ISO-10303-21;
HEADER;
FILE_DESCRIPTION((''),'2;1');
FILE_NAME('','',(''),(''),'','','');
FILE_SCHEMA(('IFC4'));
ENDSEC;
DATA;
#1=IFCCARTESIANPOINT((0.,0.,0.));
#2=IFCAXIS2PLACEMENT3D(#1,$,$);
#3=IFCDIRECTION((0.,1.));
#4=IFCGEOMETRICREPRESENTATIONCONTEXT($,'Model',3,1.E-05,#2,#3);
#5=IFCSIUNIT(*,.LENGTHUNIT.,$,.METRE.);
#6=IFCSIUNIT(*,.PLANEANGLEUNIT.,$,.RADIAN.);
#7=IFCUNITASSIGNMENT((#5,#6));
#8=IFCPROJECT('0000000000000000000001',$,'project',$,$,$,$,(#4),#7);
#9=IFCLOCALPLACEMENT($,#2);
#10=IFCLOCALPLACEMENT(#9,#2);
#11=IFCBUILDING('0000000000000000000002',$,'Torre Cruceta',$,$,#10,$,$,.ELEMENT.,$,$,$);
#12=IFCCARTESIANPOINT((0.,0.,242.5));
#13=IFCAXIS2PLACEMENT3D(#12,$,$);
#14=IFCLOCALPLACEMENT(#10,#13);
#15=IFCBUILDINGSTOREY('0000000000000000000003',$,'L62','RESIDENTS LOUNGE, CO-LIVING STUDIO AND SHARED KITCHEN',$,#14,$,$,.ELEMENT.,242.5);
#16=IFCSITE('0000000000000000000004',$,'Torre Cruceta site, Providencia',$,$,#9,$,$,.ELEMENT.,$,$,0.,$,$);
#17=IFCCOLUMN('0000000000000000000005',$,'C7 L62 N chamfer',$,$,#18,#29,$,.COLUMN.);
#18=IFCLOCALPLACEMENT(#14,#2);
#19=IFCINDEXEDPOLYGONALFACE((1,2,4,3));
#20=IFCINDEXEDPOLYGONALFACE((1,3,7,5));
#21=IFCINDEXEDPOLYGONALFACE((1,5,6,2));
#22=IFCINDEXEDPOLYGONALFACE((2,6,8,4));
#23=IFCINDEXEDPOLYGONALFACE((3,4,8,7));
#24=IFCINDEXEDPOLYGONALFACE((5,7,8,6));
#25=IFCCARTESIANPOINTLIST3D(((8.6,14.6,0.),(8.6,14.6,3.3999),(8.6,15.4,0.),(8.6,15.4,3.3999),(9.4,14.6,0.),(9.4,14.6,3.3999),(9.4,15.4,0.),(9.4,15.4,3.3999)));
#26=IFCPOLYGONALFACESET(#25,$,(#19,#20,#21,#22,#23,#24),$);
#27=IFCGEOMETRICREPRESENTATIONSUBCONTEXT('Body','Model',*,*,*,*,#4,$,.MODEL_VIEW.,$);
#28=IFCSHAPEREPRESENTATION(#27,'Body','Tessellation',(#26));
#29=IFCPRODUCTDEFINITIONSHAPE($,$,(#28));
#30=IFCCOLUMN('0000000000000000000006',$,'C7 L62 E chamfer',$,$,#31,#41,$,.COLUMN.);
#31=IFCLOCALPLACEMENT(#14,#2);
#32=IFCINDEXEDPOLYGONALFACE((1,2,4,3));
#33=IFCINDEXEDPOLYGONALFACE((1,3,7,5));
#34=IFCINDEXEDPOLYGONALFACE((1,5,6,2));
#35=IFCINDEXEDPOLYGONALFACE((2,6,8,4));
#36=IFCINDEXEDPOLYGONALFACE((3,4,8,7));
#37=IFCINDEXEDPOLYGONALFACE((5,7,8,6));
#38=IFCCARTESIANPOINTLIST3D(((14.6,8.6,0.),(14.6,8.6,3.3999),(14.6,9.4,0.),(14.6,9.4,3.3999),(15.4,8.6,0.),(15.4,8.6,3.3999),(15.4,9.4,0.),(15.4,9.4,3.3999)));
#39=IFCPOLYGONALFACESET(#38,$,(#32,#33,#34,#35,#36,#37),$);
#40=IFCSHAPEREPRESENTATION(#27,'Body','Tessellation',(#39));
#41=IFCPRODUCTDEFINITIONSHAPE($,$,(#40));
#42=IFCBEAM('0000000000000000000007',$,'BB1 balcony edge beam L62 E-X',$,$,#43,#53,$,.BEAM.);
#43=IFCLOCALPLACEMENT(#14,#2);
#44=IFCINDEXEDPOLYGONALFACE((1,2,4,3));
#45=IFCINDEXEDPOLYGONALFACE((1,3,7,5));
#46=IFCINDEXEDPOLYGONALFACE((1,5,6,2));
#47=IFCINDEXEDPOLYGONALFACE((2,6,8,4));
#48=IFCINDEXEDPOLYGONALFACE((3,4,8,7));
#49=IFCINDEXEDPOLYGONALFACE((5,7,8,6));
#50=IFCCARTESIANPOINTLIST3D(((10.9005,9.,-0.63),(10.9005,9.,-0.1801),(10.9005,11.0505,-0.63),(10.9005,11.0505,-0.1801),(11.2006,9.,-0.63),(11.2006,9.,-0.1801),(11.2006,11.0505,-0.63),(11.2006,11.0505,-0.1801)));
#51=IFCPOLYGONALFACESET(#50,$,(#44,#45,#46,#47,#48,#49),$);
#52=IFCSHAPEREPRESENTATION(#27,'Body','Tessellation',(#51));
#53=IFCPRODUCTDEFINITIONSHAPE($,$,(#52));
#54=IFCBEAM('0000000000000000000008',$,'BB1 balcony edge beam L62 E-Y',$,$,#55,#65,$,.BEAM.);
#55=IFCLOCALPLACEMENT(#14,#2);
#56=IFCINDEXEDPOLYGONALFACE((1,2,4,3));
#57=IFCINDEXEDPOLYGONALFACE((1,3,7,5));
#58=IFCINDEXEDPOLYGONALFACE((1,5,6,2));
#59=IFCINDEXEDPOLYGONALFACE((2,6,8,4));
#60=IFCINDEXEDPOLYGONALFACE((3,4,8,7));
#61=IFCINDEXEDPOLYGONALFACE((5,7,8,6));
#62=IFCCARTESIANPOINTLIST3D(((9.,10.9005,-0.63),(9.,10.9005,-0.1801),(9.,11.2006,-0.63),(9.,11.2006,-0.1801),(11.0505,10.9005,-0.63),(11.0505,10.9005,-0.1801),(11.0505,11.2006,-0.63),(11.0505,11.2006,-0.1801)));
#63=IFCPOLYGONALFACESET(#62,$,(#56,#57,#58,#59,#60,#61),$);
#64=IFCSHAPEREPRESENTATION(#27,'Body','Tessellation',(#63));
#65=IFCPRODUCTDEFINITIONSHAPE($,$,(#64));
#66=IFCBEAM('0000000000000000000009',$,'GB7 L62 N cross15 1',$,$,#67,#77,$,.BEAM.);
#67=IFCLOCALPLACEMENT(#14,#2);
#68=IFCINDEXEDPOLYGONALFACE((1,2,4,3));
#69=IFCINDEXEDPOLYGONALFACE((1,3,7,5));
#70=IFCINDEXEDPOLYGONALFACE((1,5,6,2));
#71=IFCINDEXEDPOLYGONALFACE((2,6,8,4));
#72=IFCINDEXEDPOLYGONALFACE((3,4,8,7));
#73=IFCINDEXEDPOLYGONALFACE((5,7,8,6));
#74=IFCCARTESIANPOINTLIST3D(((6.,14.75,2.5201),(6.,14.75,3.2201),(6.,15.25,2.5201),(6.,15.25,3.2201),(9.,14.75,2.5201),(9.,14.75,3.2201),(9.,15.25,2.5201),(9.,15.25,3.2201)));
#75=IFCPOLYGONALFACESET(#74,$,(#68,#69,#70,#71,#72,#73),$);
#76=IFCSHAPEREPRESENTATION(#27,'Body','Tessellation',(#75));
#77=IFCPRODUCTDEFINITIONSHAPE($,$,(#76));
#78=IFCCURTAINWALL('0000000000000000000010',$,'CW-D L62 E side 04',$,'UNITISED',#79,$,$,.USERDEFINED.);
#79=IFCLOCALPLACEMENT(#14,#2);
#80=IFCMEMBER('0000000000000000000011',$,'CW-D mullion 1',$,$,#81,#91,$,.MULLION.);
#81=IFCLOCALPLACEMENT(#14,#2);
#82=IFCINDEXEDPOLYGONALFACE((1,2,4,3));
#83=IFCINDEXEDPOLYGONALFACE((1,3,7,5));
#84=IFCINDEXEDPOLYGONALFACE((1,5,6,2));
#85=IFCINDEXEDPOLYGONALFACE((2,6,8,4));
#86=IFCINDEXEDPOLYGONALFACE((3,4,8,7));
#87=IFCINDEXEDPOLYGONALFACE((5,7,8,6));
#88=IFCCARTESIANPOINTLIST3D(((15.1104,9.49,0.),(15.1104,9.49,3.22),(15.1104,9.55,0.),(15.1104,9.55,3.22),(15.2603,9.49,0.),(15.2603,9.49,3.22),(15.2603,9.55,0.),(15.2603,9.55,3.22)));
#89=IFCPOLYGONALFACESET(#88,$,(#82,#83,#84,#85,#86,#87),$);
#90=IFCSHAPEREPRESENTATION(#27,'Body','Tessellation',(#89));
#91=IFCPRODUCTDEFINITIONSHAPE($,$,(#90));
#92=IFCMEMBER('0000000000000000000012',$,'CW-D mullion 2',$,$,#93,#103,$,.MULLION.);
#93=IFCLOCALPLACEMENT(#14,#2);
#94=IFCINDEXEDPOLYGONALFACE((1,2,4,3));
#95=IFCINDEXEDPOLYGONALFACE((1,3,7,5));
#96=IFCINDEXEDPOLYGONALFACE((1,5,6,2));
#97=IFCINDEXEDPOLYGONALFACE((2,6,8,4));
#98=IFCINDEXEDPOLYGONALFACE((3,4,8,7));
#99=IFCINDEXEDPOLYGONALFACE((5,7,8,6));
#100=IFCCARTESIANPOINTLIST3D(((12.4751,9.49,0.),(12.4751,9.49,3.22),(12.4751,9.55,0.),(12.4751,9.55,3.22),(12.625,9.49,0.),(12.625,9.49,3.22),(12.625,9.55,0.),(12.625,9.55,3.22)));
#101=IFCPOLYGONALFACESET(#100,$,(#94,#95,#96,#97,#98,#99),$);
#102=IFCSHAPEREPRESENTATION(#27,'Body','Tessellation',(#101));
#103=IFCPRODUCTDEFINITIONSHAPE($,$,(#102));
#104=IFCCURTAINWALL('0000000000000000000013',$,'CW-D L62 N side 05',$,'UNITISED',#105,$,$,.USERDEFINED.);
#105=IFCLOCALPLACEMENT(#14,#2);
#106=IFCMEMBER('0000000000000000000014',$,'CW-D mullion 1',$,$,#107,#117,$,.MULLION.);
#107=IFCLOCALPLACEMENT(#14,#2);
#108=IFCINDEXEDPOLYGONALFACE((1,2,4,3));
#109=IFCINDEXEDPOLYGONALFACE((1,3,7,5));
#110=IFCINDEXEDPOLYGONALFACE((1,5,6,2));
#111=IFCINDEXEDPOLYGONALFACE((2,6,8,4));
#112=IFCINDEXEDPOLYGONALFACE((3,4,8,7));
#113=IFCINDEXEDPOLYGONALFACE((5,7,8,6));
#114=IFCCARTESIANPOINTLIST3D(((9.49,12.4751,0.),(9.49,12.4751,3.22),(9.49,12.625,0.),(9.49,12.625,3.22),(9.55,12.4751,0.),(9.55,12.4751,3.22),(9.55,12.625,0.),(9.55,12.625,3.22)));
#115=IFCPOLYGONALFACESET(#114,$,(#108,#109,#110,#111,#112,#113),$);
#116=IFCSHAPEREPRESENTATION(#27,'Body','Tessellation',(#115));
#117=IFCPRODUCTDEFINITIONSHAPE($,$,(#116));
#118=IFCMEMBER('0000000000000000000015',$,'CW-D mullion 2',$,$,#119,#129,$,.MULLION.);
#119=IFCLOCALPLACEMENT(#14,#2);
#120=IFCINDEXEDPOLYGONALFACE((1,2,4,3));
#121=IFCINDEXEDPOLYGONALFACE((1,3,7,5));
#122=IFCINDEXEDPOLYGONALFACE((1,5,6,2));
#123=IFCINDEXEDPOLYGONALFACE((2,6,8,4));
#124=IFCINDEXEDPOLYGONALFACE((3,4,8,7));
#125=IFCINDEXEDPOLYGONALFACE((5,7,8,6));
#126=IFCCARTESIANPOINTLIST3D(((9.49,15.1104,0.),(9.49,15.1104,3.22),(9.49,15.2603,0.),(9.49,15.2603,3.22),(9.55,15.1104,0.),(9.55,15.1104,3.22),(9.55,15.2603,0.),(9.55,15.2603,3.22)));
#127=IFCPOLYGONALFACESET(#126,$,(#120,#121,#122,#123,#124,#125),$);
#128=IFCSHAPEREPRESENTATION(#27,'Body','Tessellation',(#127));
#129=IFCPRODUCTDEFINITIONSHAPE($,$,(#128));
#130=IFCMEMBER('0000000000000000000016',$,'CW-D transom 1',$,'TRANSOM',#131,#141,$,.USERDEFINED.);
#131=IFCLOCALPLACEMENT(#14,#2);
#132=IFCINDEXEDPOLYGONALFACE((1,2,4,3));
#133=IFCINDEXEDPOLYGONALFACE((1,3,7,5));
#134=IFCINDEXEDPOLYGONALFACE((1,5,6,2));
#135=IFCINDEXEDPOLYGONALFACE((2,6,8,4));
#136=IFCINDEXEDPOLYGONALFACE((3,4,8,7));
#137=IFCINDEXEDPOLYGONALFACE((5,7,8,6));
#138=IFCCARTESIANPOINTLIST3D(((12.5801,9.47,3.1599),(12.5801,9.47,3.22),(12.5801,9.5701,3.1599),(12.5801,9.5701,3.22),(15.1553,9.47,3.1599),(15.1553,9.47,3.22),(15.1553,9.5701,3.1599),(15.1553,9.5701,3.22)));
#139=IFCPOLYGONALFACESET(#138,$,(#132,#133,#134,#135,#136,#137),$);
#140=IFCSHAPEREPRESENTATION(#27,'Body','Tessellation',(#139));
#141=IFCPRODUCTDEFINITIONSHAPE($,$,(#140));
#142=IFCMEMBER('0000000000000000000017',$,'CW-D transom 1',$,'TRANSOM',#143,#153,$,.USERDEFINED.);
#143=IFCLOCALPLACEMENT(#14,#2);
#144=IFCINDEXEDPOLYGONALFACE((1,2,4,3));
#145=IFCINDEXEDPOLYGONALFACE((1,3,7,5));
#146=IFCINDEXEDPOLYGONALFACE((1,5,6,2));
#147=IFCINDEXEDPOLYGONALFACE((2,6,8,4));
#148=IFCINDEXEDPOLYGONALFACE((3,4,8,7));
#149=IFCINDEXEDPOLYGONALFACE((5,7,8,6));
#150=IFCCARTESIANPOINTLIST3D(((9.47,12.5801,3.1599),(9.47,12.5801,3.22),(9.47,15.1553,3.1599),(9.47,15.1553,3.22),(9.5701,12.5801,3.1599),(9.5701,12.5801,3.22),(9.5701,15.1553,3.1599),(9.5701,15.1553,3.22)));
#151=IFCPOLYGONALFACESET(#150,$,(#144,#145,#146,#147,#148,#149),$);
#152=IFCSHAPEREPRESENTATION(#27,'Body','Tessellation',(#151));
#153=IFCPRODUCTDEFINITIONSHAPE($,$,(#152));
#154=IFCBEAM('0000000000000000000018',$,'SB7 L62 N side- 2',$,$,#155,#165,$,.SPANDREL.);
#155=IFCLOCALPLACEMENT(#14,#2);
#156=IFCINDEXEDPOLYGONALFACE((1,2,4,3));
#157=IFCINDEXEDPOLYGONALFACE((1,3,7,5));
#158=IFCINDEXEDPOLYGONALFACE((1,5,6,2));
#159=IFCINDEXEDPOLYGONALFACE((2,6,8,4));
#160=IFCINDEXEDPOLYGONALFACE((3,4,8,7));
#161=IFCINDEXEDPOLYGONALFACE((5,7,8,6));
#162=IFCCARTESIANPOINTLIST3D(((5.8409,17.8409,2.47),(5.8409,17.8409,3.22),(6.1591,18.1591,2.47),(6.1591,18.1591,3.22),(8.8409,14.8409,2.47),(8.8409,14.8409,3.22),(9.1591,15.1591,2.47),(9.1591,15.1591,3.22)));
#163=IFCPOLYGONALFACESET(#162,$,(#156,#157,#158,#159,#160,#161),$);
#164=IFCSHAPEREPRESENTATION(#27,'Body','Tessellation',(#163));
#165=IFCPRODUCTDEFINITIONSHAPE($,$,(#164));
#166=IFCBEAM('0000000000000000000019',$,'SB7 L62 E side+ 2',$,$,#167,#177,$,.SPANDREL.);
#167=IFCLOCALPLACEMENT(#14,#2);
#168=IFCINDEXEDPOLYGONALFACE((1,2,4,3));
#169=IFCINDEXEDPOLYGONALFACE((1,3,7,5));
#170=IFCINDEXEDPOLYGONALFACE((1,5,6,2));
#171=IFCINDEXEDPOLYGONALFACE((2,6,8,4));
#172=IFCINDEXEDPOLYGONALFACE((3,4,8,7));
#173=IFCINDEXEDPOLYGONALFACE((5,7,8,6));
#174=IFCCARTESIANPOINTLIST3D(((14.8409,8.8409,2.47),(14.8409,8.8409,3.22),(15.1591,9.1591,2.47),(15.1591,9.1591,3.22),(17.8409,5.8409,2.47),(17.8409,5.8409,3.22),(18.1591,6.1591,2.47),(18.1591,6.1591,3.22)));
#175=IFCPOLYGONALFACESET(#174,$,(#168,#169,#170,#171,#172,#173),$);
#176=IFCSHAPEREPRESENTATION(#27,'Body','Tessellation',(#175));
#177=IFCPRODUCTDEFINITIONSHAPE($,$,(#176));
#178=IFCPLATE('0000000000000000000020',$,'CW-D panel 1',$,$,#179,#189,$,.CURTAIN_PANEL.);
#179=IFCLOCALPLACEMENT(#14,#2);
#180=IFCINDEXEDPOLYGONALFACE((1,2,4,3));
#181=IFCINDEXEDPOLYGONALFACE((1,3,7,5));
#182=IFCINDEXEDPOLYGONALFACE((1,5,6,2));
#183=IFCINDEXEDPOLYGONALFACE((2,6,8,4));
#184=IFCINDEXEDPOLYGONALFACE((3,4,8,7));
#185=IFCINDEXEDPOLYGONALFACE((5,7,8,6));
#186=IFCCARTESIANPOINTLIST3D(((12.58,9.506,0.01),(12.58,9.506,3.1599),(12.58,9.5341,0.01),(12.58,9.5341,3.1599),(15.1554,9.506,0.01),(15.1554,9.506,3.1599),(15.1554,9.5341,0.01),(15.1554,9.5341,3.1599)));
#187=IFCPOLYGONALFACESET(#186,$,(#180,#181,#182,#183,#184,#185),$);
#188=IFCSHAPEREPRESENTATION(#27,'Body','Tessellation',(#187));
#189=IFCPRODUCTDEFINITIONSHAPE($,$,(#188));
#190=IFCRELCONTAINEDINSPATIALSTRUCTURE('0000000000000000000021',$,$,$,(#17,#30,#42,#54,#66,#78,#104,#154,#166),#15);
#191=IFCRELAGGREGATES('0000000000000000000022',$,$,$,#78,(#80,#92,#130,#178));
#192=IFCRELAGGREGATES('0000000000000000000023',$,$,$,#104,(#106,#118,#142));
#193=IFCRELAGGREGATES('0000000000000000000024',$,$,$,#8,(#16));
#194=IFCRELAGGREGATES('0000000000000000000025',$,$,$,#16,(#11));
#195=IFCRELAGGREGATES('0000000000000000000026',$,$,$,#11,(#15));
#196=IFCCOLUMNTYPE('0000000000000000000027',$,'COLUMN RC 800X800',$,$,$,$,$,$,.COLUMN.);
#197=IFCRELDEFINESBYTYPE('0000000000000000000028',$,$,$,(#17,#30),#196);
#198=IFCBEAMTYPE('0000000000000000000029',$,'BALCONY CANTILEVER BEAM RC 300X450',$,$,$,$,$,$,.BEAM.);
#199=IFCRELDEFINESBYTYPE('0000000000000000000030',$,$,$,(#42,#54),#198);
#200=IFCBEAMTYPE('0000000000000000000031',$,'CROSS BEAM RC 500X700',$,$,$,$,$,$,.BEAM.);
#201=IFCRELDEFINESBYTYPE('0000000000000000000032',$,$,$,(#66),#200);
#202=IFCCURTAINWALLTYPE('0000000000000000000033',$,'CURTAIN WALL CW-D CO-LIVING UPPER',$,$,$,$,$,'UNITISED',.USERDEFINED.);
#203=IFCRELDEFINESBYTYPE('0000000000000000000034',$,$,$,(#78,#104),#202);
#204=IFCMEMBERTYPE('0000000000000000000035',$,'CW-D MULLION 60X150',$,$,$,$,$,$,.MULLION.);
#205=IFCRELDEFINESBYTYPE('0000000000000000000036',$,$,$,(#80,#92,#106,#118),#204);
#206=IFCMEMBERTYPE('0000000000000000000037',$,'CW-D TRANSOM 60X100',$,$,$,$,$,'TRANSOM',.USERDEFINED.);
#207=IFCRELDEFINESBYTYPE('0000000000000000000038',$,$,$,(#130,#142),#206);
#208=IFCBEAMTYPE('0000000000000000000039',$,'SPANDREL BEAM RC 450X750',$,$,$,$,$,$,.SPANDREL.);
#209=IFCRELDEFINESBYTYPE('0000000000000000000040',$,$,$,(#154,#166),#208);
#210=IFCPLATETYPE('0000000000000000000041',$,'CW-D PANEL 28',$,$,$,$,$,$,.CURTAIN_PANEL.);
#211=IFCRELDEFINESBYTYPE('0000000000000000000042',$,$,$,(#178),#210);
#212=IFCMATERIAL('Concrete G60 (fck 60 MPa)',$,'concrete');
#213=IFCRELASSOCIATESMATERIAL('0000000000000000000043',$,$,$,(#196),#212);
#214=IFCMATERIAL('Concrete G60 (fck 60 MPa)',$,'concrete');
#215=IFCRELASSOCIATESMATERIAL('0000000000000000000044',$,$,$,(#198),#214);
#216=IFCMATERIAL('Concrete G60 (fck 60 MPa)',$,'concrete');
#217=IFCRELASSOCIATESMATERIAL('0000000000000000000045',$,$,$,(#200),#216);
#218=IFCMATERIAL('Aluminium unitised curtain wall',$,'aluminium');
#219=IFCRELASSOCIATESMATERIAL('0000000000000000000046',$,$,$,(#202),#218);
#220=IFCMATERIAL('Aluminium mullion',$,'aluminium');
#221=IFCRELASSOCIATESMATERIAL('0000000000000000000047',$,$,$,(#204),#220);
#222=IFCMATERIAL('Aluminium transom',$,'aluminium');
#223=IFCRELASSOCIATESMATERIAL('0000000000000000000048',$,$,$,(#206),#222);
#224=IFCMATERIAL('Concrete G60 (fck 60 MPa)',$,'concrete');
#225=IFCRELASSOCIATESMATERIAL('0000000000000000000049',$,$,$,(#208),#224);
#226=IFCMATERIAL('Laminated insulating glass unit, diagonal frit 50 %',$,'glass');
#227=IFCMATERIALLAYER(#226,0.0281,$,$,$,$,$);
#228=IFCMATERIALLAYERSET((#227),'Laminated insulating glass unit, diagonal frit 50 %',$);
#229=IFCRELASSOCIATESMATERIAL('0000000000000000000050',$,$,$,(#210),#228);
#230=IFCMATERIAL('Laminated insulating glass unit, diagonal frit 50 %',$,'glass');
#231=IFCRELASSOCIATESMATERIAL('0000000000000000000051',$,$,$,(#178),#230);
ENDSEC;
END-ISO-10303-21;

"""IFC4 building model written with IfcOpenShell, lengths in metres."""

from ifc_helpers import new_model, si_unit, direction, frame, origin, origin_2d, place, context, subcontext, project, spatial, rectangle, extrude, material, layer, layer_set, material_profile, profile_set, type_object, element, aggregate, save


model = new_model("IFC4")

# Units and contexts
model_context = context("Model", 3, precision=1e-05, world=origin(), true_north=direction((0.0, 1.0)))
body_context = subcontext(model_context, "Body", "Model", "MODEL_VIEW")
ifc_project = project(units=[si_unit("LENGTHUNIT", "METRE"), si_unit("PLANEANGLEUNIT", "RADIAN")], contexts=[model_context])

# Site, building, storey
site_placement = place(None, origin())
site = spatial("IfcSite", under=ifc_project, at=site_placement, Name="Torre Cruceta site, Providencia", CompositionType="ELEMENT", RefElevation=0.0)
building_placement = place(site_placement, origin())
building = spatial("IfcBuilding", under=site, at=building_placement, Name="Torre Cruceta", CompositionType="ELEMENT")
storey_placement = place(building_placement, frame((0.0, 0.0, 242.5)))
storey = spatial("IfcBuildingStorey", under=building, at=storey_placement, Name="L62", Description="RESIDENTS LOUNGE, CO-LIVING STUDIO AND SHARED KITCHEN", CompositionType="ELEMENT", Elevation=242.5)

# Columns
ifc_material_1 = material(Name="Concrete G60 (fck 60 MPa)", Category="concrete")
ifc_material_profile_1 = material_profile(ifc_material_1, rectangle(XDim=0.8, YDim=0.8, at=origin_2d()), Name="RC 800X800")
ifc_profile_set_1 = profile_set([ifc_material_profile_1], Name="Concrete G60 (fck 60 MPa)")
column_type = type_object("IfcColumnType", Name="COLUMN RC 800X800", PredefinedType="COLUMN", material=ifc_profile_set_1)
for number, where, z_axis, x_axis, name in (
    (1, (9.0, 15.0, 0.0), (0.0, 0.0, 1.0), (1.0, 0.0, 0.0), "C7 L62 N chamfer"),
    (2, (15.0, 9.0, 0.0), (0.0, 0.0, 1.0), (1.0, 0.0, 0.0), "C7 L62 E chamfer"),
):
    element("IfcColumn", number, at=place(storey_placement, frame(where, z_axis=z_axis, x_axis=x_axis)), inside=storey, type_object=column_type, Name=name, PredefinedType="COLUMN", context=body_context, shape_type="SweptSolid", body=[
        extrude(rectangle(XDim=0.8, YDim=0.8, at=origin_2d()), origin(), (0.0, 0.0, 1.0), 3.3999),
    ])

# Beams
ifc_material_2 = material(Name="Concrete G60 (fck 60 MPa)", Category="concrete")
ifc_material_profile_2 = material_profile(ifc_material_2, rectangle(XDim=0.3, YDim=0.45, at=origin_2d()), Name="RC 300X450")
ifc_profile_set_2 = profile_set([ifc_material_profile_2], Name="Concrete G60 (fck 60 MPa)")
beam_type_1 = type_object("IfcBeamType", Name="BALCONY CANTILEVER BEAM RC 300X450", PredefinedType="BEAM", material=ifc_profile_set_2)
for number, where, z_axis, x_axis, name in (
    (3, (11.0505, 9.0, -0.405), (0.0, 1.0, 0.0), (-1.0, 0.0, 0.0), "BB1 balcony edge beam L62 E-X"),
    (4, (9.0, 11.0505, -0.405), (1.0, 0.0, 0.0), (0.0, 1.0, 0.0), "BB1 balcony edge beam L62 E-Y"),
):
    element("IfcBeam", number, at=place(storey_placement, frame(where, z_axis=z_axis, x_axis=x_axis)), inside=storey, type_object=beam_type_1, Name=name, PredefinedType="BEAM", context=body_context, shape_type="SweptSolid", body=[
        extrude(rectangle(XDim=0.3, YDim=0.45, at=origin_2d()), origin(), (0.0, 0.0, 1.0), 2.0505),
    ])
ifc_material_3 = material(Name="Concrete G60 (fck 60 MPa)", Category="concrete")
ifc_material_profile_3 = material_profile(ifc_material_3, rectangle(XDim=0.5, YDim=0.7, at=origin_2d()), Name="RC 500X700")
ifc_profile_set_3 = profile_set([ifc_material_profile_3], Name="Concrete G60 (fck 60 MPa)")
beam_type_2 = type_object("IfcBeamType", Name="CROSS BEAM RC 500X700", PredefinedType="BEAM", material=ifc_profile_set_3)
beam_placement = place(storey_placement, frame((9.0, 15.0, 2.8701), z_axis=(-1.0, 0.0, 0.0), x_axis=(0.0, -1.0, 0.0)))
element("IfcBeam", 5, at=beam_placement, inside=storey, type_object=beam_type_2, Name="GB7 L62 N cross15 1", PredefinedType="BEAM", context=body_context, shape_type="SweptSolid", body=[
    extrude(rectangle(XDim=0.5, YDim=0.7, at=origin_2d()), origin(), (0.0, 0.0, 1.0), 3.0),
])

# Curtain walls, members
ifc_material_4 = material(Name="Aluminium unitised curtain wall", Category="aluminium")
curtain_wall_type = type_object("IfcCurtainWallType", Name="CURTAIN WALL CW-D CO-LIVING UPPER", ElementType="UNITISED", PredefinedType="USERDEFINED", material=ifc_material_4)
curtain_wall_1_placement = place(storey_placement, origin())
curtain_wall_1 = element("IfcCurtainWall", 6, at=curtain_wall_1_placement, inside=storey, type_object=curtain_wall_type, Name="CW-D L62 E side 04", ObjectType="UNITISED", PredefinedType="USERDEFINED")
ifc_material_5 = material(Name="Aluminium mullion", Category="aluminium")
ifc_material_profile_4 = material_profile(ifc_material_5, rectangle(XDim=0.0601, YDim=0.1499, at=origin_2d()), Name="AL 60X150")
ifc_profile_set_4 = profile_set([ifc_material_profile_4], Name="Aluminium mullion")
member_type_1 = type_object("IfcMemberType", Name="CW-D MULLION 60X150", PredefinedType="MULLION", material=ifc_profile_set_4)
member_1_placement = place(storey_placement, frame((15.1853, 9.52, 0.0), z_axis=(0.0, 0.0, 1.0), x_axis=(0.0, -1.0, 0.0)))
member_1 = element("IfcMember", 7, at=member_1_placement, type_object=member_type_1, Name="CW-D mullion 1", PredefinedType="MULLION", context=body_context, shape_type="SweptSolid", body=[
    extrude(rectangle(XDim=0.0601, YDim=0.1499, at=origin_2d()), origin(), (0.0, 0.0, 1.0), 3.22),
])
member_2_placement = place(storey_placement, frame((12.55, 9.52, 0.0), z_axis=(0.0, 0.0, 1.0), x_axis=(0.0, -1.0, 0.0)))
member_2 = element("IfcMember", 8, at=member_2_placement, type_object=member_type_1, Name="CW-D mullion 2", PredefinedType="MULLION", context=body_context, shape_type="SweptSolid", body=[
    extrude(rectangle(XDim=0.0601, YDim=0.1499, at=origin_2d()), origin(), (0.0, 0.0, 1.0), 3.22),
])
curtain_wall_2_placement = place(storey_placement, origin())
curtain_wall_2 = element("IfcCurtainWall", 9, at=curtain_wall_2_placement, inside=storey, type_object=curtain_wall_type, Name="CW-D L62 N side 05", ObjectType="UNITISED", PredefinedType="USERDEFINED")
member_3_placement = place(storey_placement, frame((9.52, 12.55, 0.0), z_axis=(0.0, 0.0, 1.0), x_axis=(-1.0, 0.0, 0.0)))
member_3 = element("IfcMember", 10, at=member_3_placement, type_object=member_type_1, Name="CW-D mullion 1", PredefinedType="MULLION", context=body_context, shape_type="SweptSolid", body=[
    extrude(rectangle(XDim=0.0601, YDim=0.1499, at=origin_2d()), origin(), (0.0, 0.0, 1.0), 3.22),
])
member_4_placement = place(storey_placement, frame((9.52, 15.1853, 0.0), z_axis=(0.0, 0.0, 1.0), x_axis=(-1.0, 0.0, 0.0)))
member_4 = element("IfcMember", 11, at=member_4_placement, type_object=member_type_1, Name="CW-D mullion 2", PredefinedType="MULLION", context=body_context, shape_type="SweptSolid", body=[
    extrude(rectangle(XDim=0.0601, YDim=0.1499, at=origin_2d()), origin(), (0.0, 0.0, 1.0), 3.22),
])

# Members
ifc_material_6 = material(Name="Aluminium transom", Category="aluminium")
ifc_material_profile_5 = material_profile(ifc_material_6, rectangle(XDim=0.1001, YDim=0.0601, at=origin_2d()), Name="AL 100X60")
ifc_profile_set_5 = profile_set([ifc_material_profile_5], Name="Aluminium transom")
member_type_2 = type_object("IfcMemberType", Name="CW-D TRANSOM 60X100", ElementType="TRANSOM", PredefinedType="USERDEFINED", material=ifc_profile_set_5)
member_5_placement = place(storey_placement, frame((15.1553, 9.52, 3.1899), z_axis=(-1.0, 0.0, 0.0), x_axis=(0.0, -1.0, 0.0)))
member_5 = element("IfcMember", 12, at=member_5_placement, type_object=member_type_2, Name="CW-D transom 1", ObjectType="TRANSOM", PredefinedType="USERDEFINED", context=body_context, shape_type="SweptSolid", body=[
    extrude(rectangle(XDim=0.1001, YDim=0.0601, at=origin_2d()), origin(), (0.0, 0.0, 1.0), 2.5752),
])
member_6_placement = place(storey_placement, frame((9.52, 12.5801, 3.1899), z_axis=(0.0, 1.0, 0.0), x_axis=(-1.0, 0.0, 0.0)))
member_6 = element("IfcMember", 13, at=member_6_placement, type_object=member_type_2, Name="CW-D transom 1", ObjectType="TRANSOM", PredefinedType="USERDEFINED", context=body_context, shape_type="SweptSolid", body=[
    extrude(rectangle(XDim=0.1001, YDim=0.0601, at=origin_2d()), origin(), (0.0, 0.0, 1.0), 2.5752),
])

# Beams
ifc_material_7 = material(Name="Concrete G60 (fck 60 MPa)", Category="concrete")
ifc_material_profile_6 = material_profile(ifc_material_7, rectangle(XDim=0.45, YDim=0.75, at=origin_2d()), Name="RC 450X750")
ifc_profile_set_6 = profile_set([ifc_material_profile_6], Name="Concrete G60 (fck 60 MPa)")
beam_type_3 = type_object("IfcBeamType", Name="SPANDREL BEAM RC 450X750", PredefinedType="SPANDREL", material=ifc_profile_set_6)
for number, where, z_axis, x_axis, name in (
    (14, (9.0, 15.0, 2.845), (-0.707107, 0.707107, 0.0), (-0.707107, -0.707107, 0.0), "SB7 L62 N side- 2"),
    (15, (15.0, 9.0, 2.845), (0.707107, -0.707107, 0.0), (0.707107, 0.707107, 0.0), "SB7 L62 E side+ 2"),
):
    element("IfcBeam", number, at=place(storey_placement, frame(where, z_axis=z_axis, x_axis=x_axis)), inside=storey, type_object=beam_type_3, Name=name, PredefinedType="SPANDREL", context=body_context, shape_type="SweptSolid", body=[
        extrude(rectangle(XDim=0.45, YDim=0.75, at=origin_2d()), origin(), (0.0, 0.0, 1.0), 4.2427),
    ])

# Plate
ifc_material_8 = material(Name="Laminated insulating glass unit, diagonal frit 50 %", Category="glass")
ifc_material_9 = material(Name="Laminated insulating glass unit, diagonal frit 50 %", Category="glass")
ifc_layer_1 = layer(ifc_material_9, 0.0281)
ifc_layer_set_1 = layer_set([ifc_layer_1], Name="Laminated insulating glass unit, diagonal frit 50 %")
plate_type = type_object("IfcPlateType", Name="CW-D PANEL 28", PredefinedType="CURTAIN_PANEL", material=ifc_layer_set_1)
plate_1_placement = place(storey_placement, frame((13.8677, 9.52, 0.01), z_axis=(0.0, 0.0, 1.0), x_axis=(-1.0, 0.0, 0.0)))
plate_1 = element("IfcPlate", 16, at=plate_1_placement, type_object=plate_type, material=ifc_material_8, Name="CW-D panel 1", PredefinedType="CURTAIN_PANEL", context=body_context, shape_type="SweptSolid", body=[
    extrude(rectangle(XDim=2.5754, YDim=0.0281, at=origin_2d()), origin(), (0.0, 0.0, 1.0), 3.1499),
])
aggregate(curtain_wall_1, [member_1, member_2, member_5, plate_1])
aggregate(curtain_wall_2, [member_3, member_4, member_6])

save(model, "model.ifc")
